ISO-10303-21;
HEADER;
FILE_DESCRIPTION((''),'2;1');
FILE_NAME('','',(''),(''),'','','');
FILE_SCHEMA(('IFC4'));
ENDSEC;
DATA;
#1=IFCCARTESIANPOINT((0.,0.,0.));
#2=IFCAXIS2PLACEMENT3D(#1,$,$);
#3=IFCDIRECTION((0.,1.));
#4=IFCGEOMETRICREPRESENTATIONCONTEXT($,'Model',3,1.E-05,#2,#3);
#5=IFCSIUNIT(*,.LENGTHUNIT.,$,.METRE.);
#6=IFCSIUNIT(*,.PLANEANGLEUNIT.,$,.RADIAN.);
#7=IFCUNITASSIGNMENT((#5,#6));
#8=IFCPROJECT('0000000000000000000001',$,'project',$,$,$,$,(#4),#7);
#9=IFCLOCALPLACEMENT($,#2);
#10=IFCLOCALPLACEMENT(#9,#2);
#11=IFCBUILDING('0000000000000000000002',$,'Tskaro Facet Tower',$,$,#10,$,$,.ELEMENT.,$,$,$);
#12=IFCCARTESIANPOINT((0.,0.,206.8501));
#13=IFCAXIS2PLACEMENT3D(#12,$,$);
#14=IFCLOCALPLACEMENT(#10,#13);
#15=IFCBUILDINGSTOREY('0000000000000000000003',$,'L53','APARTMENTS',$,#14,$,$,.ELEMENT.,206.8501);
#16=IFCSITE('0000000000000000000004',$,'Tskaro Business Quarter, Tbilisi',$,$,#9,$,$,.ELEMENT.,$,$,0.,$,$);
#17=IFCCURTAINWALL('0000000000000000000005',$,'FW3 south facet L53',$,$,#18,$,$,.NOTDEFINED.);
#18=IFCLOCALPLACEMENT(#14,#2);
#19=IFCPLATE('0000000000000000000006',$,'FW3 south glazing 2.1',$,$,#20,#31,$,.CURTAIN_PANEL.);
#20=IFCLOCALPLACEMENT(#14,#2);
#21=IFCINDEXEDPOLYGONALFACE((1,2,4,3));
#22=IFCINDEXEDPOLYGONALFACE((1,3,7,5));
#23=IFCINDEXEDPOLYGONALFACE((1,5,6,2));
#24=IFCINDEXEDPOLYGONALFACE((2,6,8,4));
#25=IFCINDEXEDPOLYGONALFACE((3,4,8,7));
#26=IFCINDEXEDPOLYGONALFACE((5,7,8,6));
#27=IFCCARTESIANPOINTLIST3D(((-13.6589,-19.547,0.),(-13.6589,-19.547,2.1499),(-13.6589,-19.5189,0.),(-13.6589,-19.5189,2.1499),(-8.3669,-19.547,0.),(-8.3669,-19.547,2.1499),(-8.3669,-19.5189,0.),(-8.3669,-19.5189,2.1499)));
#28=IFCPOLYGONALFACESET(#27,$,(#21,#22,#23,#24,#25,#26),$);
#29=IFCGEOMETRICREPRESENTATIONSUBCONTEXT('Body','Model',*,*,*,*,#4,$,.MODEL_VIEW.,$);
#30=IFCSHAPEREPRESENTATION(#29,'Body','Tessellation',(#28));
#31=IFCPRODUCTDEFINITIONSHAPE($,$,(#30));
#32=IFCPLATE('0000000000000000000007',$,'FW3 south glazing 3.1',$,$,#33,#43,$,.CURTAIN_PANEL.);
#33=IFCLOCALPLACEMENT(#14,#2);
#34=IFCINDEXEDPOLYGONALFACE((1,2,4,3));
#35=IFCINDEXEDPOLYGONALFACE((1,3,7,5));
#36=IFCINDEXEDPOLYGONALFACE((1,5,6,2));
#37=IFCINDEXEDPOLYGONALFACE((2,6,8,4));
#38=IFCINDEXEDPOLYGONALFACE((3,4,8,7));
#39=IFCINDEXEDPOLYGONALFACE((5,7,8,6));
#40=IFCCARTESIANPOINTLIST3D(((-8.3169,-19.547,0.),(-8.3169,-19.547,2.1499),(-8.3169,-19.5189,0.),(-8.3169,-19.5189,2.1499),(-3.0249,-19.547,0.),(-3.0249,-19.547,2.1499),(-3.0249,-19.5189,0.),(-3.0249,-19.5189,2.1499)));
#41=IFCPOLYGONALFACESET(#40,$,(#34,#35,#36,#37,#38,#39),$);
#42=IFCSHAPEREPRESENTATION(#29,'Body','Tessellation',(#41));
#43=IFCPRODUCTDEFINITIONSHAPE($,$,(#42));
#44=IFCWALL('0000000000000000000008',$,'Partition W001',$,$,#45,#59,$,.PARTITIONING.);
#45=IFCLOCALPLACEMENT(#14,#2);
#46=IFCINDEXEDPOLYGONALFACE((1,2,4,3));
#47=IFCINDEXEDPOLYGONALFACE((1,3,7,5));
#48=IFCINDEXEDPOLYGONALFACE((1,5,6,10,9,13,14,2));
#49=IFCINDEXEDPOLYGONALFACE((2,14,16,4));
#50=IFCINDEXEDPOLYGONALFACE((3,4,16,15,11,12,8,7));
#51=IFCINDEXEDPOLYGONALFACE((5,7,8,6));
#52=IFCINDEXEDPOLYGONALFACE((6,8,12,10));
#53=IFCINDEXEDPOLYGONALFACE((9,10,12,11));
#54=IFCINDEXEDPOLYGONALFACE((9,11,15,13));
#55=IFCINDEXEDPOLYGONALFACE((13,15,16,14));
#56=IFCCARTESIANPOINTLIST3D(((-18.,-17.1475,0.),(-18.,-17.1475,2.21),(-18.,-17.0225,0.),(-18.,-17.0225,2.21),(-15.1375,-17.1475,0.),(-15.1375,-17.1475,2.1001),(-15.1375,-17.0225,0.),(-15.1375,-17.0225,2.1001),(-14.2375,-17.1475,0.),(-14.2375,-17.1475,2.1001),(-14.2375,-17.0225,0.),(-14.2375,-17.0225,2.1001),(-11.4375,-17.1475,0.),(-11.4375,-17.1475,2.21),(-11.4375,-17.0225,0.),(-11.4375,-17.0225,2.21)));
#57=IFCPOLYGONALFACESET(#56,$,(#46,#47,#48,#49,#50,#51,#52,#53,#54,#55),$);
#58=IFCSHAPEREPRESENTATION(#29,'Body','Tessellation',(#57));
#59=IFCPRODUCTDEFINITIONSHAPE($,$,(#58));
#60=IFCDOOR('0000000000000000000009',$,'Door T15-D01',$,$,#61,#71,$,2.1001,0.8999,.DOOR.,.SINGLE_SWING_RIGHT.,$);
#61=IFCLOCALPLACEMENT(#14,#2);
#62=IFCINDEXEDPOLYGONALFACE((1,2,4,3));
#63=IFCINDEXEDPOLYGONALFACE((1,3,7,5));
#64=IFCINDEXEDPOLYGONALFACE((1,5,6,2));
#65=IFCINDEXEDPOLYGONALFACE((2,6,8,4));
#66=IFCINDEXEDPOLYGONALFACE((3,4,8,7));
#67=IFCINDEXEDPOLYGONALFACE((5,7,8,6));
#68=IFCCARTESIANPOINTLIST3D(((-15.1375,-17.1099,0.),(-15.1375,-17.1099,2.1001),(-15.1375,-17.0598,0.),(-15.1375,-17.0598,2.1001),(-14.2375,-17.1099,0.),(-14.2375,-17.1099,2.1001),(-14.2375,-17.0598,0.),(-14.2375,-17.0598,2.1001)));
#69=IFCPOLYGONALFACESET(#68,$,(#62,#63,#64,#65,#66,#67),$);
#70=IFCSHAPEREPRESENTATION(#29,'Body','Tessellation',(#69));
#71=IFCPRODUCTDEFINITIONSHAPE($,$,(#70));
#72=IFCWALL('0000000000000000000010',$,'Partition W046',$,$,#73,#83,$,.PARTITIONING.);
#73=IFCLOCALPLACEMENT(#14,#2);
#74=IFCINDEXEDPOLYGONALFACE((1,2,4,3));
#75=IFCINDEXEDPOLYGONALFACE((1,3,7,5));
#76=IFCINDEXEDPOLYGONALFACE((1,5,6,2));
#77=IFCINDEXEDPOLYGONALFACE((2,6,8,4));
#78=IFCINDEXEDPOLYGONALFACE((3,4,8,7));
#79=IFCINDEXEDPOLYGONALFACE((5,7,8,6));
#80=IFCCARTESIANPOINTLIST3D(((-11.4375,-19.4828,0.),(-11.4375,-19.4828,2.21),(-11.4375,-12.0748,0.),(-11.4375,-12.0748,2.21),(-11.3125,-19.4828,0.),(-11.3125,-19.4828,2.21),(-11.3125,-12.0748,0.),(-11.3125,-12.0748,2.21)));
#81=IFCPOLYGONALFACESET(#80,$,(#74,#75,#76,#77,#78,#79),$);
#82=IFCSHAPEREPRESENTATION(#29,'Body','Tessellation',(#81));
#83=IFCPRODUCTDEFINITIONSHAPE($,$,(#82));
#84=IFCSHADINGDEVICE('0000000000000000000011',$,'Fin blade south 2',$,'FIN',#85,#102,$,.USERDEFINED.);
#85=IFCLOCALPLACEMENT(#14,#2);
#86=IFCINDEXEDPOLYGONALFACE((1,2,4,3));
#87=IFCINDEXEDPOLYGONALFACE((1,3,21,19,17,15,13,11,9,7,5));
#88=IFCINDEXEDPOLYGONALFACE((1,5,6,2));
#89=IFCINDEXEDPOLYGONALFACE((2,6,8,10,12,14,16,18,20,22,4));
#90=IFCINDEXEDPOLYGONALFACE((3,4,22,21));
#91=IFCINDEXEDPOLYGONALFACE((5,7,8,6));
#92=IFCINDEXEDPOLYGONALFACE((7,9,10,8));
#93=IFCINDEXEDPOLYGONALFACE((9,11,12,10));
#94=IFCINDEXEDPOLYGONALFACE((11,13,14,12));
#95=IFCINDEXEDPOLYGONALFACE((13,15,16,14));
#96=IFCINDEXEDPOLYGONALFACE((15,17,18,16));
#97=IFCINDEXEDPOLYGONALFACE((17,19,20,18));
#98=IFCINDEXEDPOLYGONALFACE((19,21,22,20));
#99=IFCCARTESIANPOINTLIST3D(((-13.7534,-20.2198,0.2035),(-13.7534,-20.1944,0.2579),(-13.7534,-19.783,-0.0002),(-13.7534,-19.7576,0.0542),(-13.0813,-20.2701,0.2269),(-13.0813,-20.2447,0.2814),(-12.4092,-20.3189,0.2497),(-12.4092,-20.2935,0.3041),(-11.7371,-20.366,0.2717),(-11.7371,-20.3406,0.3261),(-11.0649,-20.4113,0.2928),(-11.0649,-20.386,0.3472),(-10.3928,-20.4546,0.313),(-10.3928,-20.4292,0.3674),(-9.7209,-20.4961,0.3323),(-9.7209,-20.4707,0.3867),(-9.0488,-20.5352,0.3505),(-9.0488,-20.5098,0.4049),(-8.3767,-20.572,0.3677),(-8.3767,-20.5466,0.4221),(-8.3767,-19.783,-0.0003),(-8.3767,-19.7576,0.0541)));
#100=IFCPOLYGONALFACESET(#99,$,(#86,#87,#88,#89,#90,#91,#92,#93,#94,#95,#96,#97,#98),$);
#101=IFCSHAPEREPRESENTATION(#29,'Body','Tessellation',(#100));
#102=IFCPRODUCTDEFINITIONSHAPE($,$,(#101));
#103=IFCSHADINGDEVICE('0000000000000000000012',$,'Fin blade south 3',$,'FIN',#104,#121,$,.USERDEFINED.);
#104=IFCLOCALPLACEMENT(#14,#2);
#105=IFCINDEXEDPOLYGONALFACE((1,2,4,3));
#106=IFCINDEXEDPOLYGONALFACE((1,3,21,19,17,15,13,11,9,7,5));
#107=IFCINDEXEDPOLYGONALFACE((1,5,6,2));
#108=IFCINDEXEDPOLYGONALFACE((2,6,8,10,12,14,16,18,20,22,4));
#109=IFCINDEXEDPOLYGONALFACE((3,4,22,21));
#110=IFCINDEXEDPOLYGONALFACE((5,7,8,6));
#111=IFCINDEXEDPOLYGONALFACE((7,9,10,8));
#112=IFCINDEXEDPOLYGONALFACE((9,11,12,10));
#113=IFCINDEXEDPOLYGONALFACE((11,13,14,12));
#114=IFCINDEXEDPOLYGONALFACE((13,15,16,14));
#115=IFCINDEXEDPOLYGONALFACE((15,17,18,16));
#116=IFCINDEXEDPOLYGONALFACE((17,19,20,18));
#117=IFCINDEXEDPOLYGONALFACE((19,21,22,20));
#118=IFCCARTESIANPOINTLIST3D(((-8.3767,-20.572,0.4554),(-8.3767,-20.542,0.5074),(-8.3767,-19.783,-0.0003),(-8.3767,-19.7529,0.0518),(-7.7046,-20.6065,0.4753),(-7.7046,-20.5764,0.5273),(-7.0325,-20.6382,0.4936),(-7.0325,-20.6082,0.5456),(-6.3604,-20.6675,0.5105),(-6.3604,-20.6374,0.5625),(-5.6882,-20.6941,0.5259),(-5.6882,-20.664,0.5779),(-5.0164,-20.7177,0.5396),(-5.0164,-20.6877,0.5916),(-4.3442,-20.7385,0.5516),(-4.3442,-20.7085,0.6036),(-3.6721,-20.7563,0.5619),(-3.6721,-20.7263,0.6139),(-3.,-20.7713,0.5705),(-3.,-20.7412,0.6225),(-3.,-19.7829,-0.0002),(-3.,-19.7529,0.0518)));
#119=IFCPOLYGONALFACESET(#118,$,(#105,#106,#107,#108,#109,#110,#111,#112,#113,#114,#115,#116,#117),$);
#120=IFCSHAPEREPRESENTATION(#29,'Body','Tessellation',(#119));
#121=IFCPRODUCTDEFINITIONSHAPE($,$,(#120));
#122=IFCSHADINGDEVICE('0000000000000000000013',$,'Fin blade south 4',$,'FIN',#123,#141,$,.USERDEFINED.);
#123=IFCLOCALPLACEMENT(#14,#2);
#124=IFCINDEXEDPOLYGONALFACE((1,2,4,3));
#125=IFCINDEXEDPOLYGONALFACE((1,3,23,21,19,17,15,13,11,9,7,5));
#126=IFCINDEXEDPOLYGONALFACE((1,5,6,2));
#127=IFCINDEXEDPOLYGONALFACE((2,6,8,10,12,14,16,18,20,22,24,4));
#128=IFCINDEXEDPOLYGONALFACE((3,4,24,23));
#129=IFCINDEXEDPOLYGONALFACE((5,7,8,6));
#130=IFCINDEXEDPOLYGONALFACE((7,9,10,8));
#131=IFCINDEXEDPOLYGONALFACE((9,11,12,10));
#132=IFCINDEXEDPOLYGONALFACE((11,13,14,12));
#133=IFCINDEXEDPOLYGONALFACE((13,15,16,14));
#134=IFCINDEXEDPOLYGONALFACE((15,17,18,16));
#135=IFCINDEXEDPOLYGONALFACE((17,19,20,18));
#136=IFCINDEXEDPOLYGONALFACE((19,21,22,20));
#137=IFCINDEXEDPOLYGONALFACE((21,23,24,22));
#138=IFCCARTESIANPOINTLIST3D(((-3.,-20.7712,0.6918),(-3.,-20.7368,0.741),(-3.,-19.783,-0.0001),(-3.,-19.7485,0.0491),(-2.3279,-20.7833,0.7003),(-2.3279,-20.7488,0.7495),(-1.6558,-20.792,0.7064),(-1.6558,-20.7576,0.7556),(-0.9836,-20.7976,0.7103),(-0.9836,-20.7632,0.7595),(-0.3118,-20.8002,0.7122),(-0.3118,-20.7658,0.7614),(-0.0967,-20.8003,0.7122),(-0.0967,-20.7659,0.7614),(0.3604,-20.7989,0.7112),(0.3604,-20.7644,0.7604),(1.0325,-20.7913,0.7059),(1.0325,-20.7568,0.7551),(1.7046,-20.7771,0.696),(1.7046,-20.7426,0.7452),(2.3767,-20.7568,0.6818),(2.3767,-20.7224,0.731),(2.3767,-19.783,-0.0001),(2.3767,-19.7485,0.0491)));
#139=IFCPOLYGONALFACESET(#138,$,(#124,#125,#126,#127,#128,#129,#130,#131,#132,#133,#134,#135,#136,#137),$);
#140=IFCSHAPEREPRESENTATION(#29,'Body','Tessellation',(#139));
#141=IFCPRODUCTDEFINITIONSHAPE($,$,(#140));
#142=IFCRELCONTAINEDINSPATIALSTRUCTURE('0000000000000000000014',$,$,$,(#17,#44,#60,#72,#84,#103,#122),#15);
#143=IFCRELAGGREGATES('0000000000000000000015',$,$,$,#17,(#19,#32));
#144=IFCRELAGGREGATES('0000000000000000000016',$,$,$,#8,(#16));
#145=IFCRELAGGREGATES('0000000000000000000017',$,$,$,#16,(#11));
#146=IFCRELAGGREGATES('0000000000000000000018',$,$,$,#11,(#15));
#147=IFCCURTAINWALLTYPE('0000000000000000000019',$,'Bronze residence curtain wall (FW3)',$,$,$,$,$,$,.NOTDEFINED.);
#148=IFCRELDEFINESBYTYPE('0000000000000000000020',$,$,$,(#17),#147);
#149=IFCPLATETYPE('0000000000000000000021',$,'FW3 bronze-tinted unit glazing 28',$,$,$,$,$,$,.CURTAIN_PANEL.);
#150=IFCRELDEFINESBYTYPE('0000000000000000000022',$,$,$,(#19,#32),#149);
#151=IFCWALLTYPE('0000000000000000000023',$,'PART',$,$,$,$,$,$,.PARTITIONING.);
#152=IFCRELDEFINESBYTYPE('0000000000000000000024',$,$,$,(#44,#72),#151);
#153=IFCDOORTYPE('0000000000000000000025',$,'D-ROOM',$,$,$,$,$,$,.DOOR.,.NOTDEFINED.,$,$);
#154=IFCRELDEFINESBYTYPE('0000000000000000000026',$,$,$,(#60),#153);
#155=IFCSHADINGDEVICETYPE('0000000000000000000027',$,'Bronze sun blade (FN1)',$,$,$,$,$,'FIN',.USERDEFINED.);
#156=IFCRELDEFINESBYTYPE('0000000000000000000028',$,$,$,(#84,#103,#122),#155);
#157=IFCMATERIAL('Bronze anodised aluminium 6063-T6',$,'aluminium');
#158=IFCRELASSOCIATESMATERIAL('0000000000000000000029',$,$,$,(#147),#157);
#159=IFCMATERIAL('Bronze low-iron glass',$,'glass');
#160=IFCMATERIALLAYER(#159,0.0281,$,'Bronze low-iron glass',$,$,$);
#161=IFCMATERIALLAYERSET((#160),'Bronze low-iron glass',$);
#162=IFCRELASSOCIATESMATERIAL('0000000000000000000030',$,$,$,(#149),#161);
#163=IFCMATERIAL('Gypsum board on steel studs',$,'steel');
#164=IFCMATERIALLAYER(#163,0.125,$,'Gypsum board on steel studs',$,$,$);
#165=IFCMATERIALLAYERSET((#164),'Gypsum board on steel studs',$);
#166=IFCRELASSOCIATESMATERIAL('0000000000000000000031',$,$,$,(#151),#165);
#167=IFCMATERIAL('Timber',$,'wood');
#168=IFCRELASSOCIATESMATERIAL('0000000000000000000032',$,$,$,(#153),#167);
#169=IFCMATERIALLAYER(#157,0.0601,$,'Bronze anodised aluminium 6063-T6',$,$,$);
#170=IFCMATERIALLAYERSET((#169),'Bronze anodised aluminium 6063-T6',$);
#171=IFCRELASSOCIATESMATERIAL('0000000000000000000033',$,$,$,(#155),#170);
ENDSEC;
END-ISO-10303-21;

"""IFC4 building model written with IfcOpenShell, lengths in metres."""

from ifc_helpers import new_model, si_unit, direction, frame, frame_2d, origin, origin_2d, place, context, subcontext, project, spatial, polyline, rectangle, outline, extrude, material, layer, layer_set, type_object, element, fill, aggregate, save


model = new_model("IFC4")

# Units and contexts
model_context = context("Model", 3, precision=1e-05, world=origin(), true_north=direction((0.0, 1.0)))
body_context = subcontext(model_context, "Body", "Model", "MODEL_VIEW")
ifc_project = project(units=[si_unit("LENGTHUNIT", "METRE"), si_unit("PLANEANGLEUNIT", "RADIAN")], contexts=[model_context])

# Site, building, storey
site_placement = place(None, origin())
site = spatial("IfcSite", under=ifc_project, at=site_placement, Name="Tskaro Business Quarter, Tbilisi", CompositionType="ELEMENT", RefElevation=0.0)
building_placement = place(site_placement, origin())
building = spatial("IfcBuilding", under=site, at=building_placement, Name="Tskaro Facet Tower", CompositionType="ELEMENT")
storey_placement = place(building_placement, frame((0.0, 0.0, 206.8501)))
storey = spatial("IfcBuildingStorey", under=building, at=storey_placement, Name="L53", Description="APARTMENTS", CompositionType="ELEMENT", Elevation=206.8501)

# Curtain wall
ifc_material_1 = material(Name="Bronze anodised aluminium 6063-T6", Category="aluminium")
curtain_wall_type = type_object("IfcCurtainWallType", Name="Bronze residence curtain wall (FW3)", PredefinedType="NOTDEFINED", material=ifc_material_1)
curtain_wall_placement = place(storey_placement, origin())
curtain_wall = element("IfcCurtainWall", 1, at=curtain_wall_placement, inside=storey, type_object=curtain_wall_type, Name="FW3 south facet L53", PredefinedType="NOTDEFINED")

# Plates
ifc_material_2 = material(Name="Bronze low-iron glass", Category="glass")
ifc_layer_1 = layer(ifc_material_2, 0.0281, Name="Bronze low-iron glass")
ifc_layer_set_1 = layer_set([ifc_layer_1], Name="Bronze low-iron glass")
plate_type = type_object("IfcPlateType", Name="FW3 bronze-tinted unit glazing 28", PredefinedType="CURTAIN_PANEL", material=ifc_layer_set_1)
plate_1_placement = place(storey_placement, frame((-11.0129, -19.533, 0.0), z_axis=(0.0, 0.0, 1.0), x_axis=(1.0, 0.0, 0.0)))
plate_1 = element("IfcPlate", 2, at=plate_1_placement, type_object=plate_type, Name="FW3 south glazing 2.1", PredefinedType="CURTAIN_PANEL", context=body_context, shape_type="SweptSolid", body=[
    extrude(rectangle(XDim=5.292, YDim=0.0281, at=origin_2d()), origin(), (0.0, 0.0, 1.0), 2.1499),
])
plate_2_placement = place(storey_placement, frame((-5.6709, -19.533, 0.0), z_axis=(0.0, 0.0, 1.0), x_axis=(1.0, 0.0, 0.0)))
plate_2 = element("IfcPlate", 3, at=plate_2_placement, type_object=plate_type, Name="FW3 south glazing 3.1", PredefinedType="CURTAIN_PANEL", context=body_context, shape_type="SweptSolid", body=[
    extrude(rectangle(XDim=5.292, YDim=0.0281, at=origin_2d()), origin(), (0.0, 0.0, 1.0), 2.1499),
])
aggregate(curtain_wall, [plate_1, plate_2])

# Wall, opening, door
ifc_material_3 = material(Name="Gypsum board on steel studs", Category="steel")
ifc_layer_2 = layer(ifc_material_3, 0.125, Name="Gypsum board on steel studs")
ifc_layer_set_2 = layer_set([ifc_layer_2], Name="Gypsum board on steel studs")
wall_type = type_object("IfcWallType", Name="PART", PredefinedType="PARTITIONING", material=ifc_layer_set_2)
wall_1_placement = place(storey_placement, frame((-11.4375, -17.085, 0.0), z_axis=(0.0, 0.0, 1.0), x_axis=(-1.0, 0.0, 0.0)))
wall_1 = element("IfcWall", 4, at=wall_1_placement, inside=storey, type_object=wall_type, Name="Partition W001", PredefinedType="PARTITIONING", context=body_context, shape_type="SweptSolid", body=[
    extrude(rectangle(XDim=6.5625, YDim=0.125, at=frame_2d((3.2812, 0.0))), origin(), (0.0, 0.0, 1.0), 2.21),
])
opening_placement = place(wall_1_placement, frame((2.8, 0.0, 0.0)))
opening = element("IfcOpeningElement", 5, at=opening_placement, cuts=wall_1, PredefinedType="OPENING", context=body_context, shape_type="SweptSolid", body=[
    extrude(rectangle(XDim=0.8999, YDim=2.1001, at=frame_2d((0.45, 1.05))), frame((0.0, 0.0725, 0.0), z_axis=(0.0, -1.0, 0.0), x_axis=(1.0, 0.0, 0.0)), (0.0, 0.0, 1.0), 0.145),
])
ifc_material_4 = material(Name="Timber", Category="wood")
door_type = type_object("IfcDoorType", Name="D-ROOM", OperationType="NOTDEFINED", PredefinedType="DOOR", material=ifc_material_4)
door_placement = place(opening_placement, origin())
door = element("IfcDoor", 6, at=door_placement, inside=storey, type_object=door_type, Name="Door T15-D01", OperationType="SINGLE_SWING_RIGHT", OverallHeight=2.1001, OverallWidth=0.8999, PredefinedType="DOOR", context=body_context, shape_type="SweptSolid", body=[
    extrude(rectangle(XDim=0.8999, YDim=2.1001, at=frame_2d((0.45, 1.05))), frame((0.0, 0.0249, 0.0), z_axis=(0.0, -1.0, 0.0), x_axis=(1.0, 0.0, 0.0)), (0.0, 0.0, 1.0), 0.05),
])
fill(opening, door)

# Wall
wall_2_placement = place(storey_placement, frame((-11.375, -19.4829, 0.0), z_axis=(0.0, 0.0, 1.0), x_axis=(0.0, 1.0, 0.0)))
element("IfcWall", 7, at=wall_2_placement, inside=storey, type_object=wall_type, Name="Partition W046", PredefinedType="PARTITIONING", context=body_context, shape_type="SweptSolid", body=[
    extrude(rectangle(XDim=7.408, YDim=0.125, at=frame_2d((3.7041, 0.0))), origin(), (0.0, 0.0, 1.0), 2.21),
])

# Shading devices
ifc_layer_3 = layer(ifc_material_1, 0.0601, Name="Bronze anodised aluminium 6063-T6")
ifc_layer_set_3 = layer_set([ifc_layer_3], Name="Bronze anodised aluminium 6063-T6")
shading_device_type = type_object("IfcShadingDeviceType", Name="Bronze sun blade (FN1)", ElementType="FIN", PredefinedType="USERDEFINED", material=ifc_layer_set_3)
shading_device_1_placement = place(storey_placement, frame((-13.7534, -19.7576, 0.0542), z_axis=(0.000021, 0.422695, 0.906272), x_axis=(1.0, -0.000009, -0.000019)))
element("IfcShadingDevice", 8, at=shading_device_1_placement, inside=storey, type_object=shading_device_type, Name="Fin blade south 2", ObjectType="FIN", PredefinedType="USERDEFINED", context=body_context, shape_type="SweptSolid", body=[
    extrude(outline(polyline([(0.0, 0.0), (5.3767, 0.0), (5.3767, -0.8706), (4.7046, -0.83), (4.0325, -0.7868), (3.3606, -0.7411), (2.6885, -0.6934), (2.0164, -0.6433), (1.3442, -0.5913), (0.6721, -0.5375), (0.0, -0.482), (0.0, 0.0)])), origin(), (0.0, 0.0, -1.0), 0.0601),
])
shading_device_2_placement = place(storey_placement, frame((-8.3767, -19.7529, 0.0518), z_axis=(-0.000016, 0.500063, 0.865989), x_axis=(1.0, 0.000008, 0.000014)))
element("IfcShadingDevice", 9, at=shading_device_2_placement, inside=storey, type_object=shading_device_type, Name="Fin blade south 3", ObjectType="FIN", PredefinedType="USERDEFINED", context=body_context, shape_type="SweptSolid", body=[
    extrude(outline(polyline([(0.0, 0.0), (5.3767, 0.0), (5.3767, -1.1413), (4.7046, -1.124), (4.0325, -1.1034), (3.3604, -1.0795), (2.6885, -1.0521), (2.0164, -1.0214), (1.3442, -0.9876), (0.6721, -0.951), (0.0, -0.9111), (0.0, 0.0)])), origin(), (0.0, 0.0, -1.0), 0.0601),
])
shading_device_3_placement = place(storey_placement, frame((-3.0, -19.7485, 0.0491), z_axis=(-0.000006, 0.573573, 0.819154), x_axis=(1.0, 0.000003, 0.000005)))
element("IfcShadingDevice", 10, at=shading_device_3_placement, inside=storey, type_object=shading_device_type, Name="Fin blade south 4", ObjectType="FIN", PredefinedType="USERDEFINED", context=body_context, shape_type="SweptSolid", body=[
    extrude(outline(polyline([(0.0, 0.0), (5.3767, 0.0), (5.3767, -1.1889), (4.7046, -1.2136), (4.0325, -1.2309), (3.3604, -1.2402), (2.9033, -1.242), (2.6882, -1.2418), (2.0164, -1.2386), (1.3442, -1.2318), (0.6721, -1.2211), (0.0, -1.2064), (0.0, 0.0)])), origin(), (0.0, 0.0, -1.0), 0.0601),
])

save(model, "model.ifc")
